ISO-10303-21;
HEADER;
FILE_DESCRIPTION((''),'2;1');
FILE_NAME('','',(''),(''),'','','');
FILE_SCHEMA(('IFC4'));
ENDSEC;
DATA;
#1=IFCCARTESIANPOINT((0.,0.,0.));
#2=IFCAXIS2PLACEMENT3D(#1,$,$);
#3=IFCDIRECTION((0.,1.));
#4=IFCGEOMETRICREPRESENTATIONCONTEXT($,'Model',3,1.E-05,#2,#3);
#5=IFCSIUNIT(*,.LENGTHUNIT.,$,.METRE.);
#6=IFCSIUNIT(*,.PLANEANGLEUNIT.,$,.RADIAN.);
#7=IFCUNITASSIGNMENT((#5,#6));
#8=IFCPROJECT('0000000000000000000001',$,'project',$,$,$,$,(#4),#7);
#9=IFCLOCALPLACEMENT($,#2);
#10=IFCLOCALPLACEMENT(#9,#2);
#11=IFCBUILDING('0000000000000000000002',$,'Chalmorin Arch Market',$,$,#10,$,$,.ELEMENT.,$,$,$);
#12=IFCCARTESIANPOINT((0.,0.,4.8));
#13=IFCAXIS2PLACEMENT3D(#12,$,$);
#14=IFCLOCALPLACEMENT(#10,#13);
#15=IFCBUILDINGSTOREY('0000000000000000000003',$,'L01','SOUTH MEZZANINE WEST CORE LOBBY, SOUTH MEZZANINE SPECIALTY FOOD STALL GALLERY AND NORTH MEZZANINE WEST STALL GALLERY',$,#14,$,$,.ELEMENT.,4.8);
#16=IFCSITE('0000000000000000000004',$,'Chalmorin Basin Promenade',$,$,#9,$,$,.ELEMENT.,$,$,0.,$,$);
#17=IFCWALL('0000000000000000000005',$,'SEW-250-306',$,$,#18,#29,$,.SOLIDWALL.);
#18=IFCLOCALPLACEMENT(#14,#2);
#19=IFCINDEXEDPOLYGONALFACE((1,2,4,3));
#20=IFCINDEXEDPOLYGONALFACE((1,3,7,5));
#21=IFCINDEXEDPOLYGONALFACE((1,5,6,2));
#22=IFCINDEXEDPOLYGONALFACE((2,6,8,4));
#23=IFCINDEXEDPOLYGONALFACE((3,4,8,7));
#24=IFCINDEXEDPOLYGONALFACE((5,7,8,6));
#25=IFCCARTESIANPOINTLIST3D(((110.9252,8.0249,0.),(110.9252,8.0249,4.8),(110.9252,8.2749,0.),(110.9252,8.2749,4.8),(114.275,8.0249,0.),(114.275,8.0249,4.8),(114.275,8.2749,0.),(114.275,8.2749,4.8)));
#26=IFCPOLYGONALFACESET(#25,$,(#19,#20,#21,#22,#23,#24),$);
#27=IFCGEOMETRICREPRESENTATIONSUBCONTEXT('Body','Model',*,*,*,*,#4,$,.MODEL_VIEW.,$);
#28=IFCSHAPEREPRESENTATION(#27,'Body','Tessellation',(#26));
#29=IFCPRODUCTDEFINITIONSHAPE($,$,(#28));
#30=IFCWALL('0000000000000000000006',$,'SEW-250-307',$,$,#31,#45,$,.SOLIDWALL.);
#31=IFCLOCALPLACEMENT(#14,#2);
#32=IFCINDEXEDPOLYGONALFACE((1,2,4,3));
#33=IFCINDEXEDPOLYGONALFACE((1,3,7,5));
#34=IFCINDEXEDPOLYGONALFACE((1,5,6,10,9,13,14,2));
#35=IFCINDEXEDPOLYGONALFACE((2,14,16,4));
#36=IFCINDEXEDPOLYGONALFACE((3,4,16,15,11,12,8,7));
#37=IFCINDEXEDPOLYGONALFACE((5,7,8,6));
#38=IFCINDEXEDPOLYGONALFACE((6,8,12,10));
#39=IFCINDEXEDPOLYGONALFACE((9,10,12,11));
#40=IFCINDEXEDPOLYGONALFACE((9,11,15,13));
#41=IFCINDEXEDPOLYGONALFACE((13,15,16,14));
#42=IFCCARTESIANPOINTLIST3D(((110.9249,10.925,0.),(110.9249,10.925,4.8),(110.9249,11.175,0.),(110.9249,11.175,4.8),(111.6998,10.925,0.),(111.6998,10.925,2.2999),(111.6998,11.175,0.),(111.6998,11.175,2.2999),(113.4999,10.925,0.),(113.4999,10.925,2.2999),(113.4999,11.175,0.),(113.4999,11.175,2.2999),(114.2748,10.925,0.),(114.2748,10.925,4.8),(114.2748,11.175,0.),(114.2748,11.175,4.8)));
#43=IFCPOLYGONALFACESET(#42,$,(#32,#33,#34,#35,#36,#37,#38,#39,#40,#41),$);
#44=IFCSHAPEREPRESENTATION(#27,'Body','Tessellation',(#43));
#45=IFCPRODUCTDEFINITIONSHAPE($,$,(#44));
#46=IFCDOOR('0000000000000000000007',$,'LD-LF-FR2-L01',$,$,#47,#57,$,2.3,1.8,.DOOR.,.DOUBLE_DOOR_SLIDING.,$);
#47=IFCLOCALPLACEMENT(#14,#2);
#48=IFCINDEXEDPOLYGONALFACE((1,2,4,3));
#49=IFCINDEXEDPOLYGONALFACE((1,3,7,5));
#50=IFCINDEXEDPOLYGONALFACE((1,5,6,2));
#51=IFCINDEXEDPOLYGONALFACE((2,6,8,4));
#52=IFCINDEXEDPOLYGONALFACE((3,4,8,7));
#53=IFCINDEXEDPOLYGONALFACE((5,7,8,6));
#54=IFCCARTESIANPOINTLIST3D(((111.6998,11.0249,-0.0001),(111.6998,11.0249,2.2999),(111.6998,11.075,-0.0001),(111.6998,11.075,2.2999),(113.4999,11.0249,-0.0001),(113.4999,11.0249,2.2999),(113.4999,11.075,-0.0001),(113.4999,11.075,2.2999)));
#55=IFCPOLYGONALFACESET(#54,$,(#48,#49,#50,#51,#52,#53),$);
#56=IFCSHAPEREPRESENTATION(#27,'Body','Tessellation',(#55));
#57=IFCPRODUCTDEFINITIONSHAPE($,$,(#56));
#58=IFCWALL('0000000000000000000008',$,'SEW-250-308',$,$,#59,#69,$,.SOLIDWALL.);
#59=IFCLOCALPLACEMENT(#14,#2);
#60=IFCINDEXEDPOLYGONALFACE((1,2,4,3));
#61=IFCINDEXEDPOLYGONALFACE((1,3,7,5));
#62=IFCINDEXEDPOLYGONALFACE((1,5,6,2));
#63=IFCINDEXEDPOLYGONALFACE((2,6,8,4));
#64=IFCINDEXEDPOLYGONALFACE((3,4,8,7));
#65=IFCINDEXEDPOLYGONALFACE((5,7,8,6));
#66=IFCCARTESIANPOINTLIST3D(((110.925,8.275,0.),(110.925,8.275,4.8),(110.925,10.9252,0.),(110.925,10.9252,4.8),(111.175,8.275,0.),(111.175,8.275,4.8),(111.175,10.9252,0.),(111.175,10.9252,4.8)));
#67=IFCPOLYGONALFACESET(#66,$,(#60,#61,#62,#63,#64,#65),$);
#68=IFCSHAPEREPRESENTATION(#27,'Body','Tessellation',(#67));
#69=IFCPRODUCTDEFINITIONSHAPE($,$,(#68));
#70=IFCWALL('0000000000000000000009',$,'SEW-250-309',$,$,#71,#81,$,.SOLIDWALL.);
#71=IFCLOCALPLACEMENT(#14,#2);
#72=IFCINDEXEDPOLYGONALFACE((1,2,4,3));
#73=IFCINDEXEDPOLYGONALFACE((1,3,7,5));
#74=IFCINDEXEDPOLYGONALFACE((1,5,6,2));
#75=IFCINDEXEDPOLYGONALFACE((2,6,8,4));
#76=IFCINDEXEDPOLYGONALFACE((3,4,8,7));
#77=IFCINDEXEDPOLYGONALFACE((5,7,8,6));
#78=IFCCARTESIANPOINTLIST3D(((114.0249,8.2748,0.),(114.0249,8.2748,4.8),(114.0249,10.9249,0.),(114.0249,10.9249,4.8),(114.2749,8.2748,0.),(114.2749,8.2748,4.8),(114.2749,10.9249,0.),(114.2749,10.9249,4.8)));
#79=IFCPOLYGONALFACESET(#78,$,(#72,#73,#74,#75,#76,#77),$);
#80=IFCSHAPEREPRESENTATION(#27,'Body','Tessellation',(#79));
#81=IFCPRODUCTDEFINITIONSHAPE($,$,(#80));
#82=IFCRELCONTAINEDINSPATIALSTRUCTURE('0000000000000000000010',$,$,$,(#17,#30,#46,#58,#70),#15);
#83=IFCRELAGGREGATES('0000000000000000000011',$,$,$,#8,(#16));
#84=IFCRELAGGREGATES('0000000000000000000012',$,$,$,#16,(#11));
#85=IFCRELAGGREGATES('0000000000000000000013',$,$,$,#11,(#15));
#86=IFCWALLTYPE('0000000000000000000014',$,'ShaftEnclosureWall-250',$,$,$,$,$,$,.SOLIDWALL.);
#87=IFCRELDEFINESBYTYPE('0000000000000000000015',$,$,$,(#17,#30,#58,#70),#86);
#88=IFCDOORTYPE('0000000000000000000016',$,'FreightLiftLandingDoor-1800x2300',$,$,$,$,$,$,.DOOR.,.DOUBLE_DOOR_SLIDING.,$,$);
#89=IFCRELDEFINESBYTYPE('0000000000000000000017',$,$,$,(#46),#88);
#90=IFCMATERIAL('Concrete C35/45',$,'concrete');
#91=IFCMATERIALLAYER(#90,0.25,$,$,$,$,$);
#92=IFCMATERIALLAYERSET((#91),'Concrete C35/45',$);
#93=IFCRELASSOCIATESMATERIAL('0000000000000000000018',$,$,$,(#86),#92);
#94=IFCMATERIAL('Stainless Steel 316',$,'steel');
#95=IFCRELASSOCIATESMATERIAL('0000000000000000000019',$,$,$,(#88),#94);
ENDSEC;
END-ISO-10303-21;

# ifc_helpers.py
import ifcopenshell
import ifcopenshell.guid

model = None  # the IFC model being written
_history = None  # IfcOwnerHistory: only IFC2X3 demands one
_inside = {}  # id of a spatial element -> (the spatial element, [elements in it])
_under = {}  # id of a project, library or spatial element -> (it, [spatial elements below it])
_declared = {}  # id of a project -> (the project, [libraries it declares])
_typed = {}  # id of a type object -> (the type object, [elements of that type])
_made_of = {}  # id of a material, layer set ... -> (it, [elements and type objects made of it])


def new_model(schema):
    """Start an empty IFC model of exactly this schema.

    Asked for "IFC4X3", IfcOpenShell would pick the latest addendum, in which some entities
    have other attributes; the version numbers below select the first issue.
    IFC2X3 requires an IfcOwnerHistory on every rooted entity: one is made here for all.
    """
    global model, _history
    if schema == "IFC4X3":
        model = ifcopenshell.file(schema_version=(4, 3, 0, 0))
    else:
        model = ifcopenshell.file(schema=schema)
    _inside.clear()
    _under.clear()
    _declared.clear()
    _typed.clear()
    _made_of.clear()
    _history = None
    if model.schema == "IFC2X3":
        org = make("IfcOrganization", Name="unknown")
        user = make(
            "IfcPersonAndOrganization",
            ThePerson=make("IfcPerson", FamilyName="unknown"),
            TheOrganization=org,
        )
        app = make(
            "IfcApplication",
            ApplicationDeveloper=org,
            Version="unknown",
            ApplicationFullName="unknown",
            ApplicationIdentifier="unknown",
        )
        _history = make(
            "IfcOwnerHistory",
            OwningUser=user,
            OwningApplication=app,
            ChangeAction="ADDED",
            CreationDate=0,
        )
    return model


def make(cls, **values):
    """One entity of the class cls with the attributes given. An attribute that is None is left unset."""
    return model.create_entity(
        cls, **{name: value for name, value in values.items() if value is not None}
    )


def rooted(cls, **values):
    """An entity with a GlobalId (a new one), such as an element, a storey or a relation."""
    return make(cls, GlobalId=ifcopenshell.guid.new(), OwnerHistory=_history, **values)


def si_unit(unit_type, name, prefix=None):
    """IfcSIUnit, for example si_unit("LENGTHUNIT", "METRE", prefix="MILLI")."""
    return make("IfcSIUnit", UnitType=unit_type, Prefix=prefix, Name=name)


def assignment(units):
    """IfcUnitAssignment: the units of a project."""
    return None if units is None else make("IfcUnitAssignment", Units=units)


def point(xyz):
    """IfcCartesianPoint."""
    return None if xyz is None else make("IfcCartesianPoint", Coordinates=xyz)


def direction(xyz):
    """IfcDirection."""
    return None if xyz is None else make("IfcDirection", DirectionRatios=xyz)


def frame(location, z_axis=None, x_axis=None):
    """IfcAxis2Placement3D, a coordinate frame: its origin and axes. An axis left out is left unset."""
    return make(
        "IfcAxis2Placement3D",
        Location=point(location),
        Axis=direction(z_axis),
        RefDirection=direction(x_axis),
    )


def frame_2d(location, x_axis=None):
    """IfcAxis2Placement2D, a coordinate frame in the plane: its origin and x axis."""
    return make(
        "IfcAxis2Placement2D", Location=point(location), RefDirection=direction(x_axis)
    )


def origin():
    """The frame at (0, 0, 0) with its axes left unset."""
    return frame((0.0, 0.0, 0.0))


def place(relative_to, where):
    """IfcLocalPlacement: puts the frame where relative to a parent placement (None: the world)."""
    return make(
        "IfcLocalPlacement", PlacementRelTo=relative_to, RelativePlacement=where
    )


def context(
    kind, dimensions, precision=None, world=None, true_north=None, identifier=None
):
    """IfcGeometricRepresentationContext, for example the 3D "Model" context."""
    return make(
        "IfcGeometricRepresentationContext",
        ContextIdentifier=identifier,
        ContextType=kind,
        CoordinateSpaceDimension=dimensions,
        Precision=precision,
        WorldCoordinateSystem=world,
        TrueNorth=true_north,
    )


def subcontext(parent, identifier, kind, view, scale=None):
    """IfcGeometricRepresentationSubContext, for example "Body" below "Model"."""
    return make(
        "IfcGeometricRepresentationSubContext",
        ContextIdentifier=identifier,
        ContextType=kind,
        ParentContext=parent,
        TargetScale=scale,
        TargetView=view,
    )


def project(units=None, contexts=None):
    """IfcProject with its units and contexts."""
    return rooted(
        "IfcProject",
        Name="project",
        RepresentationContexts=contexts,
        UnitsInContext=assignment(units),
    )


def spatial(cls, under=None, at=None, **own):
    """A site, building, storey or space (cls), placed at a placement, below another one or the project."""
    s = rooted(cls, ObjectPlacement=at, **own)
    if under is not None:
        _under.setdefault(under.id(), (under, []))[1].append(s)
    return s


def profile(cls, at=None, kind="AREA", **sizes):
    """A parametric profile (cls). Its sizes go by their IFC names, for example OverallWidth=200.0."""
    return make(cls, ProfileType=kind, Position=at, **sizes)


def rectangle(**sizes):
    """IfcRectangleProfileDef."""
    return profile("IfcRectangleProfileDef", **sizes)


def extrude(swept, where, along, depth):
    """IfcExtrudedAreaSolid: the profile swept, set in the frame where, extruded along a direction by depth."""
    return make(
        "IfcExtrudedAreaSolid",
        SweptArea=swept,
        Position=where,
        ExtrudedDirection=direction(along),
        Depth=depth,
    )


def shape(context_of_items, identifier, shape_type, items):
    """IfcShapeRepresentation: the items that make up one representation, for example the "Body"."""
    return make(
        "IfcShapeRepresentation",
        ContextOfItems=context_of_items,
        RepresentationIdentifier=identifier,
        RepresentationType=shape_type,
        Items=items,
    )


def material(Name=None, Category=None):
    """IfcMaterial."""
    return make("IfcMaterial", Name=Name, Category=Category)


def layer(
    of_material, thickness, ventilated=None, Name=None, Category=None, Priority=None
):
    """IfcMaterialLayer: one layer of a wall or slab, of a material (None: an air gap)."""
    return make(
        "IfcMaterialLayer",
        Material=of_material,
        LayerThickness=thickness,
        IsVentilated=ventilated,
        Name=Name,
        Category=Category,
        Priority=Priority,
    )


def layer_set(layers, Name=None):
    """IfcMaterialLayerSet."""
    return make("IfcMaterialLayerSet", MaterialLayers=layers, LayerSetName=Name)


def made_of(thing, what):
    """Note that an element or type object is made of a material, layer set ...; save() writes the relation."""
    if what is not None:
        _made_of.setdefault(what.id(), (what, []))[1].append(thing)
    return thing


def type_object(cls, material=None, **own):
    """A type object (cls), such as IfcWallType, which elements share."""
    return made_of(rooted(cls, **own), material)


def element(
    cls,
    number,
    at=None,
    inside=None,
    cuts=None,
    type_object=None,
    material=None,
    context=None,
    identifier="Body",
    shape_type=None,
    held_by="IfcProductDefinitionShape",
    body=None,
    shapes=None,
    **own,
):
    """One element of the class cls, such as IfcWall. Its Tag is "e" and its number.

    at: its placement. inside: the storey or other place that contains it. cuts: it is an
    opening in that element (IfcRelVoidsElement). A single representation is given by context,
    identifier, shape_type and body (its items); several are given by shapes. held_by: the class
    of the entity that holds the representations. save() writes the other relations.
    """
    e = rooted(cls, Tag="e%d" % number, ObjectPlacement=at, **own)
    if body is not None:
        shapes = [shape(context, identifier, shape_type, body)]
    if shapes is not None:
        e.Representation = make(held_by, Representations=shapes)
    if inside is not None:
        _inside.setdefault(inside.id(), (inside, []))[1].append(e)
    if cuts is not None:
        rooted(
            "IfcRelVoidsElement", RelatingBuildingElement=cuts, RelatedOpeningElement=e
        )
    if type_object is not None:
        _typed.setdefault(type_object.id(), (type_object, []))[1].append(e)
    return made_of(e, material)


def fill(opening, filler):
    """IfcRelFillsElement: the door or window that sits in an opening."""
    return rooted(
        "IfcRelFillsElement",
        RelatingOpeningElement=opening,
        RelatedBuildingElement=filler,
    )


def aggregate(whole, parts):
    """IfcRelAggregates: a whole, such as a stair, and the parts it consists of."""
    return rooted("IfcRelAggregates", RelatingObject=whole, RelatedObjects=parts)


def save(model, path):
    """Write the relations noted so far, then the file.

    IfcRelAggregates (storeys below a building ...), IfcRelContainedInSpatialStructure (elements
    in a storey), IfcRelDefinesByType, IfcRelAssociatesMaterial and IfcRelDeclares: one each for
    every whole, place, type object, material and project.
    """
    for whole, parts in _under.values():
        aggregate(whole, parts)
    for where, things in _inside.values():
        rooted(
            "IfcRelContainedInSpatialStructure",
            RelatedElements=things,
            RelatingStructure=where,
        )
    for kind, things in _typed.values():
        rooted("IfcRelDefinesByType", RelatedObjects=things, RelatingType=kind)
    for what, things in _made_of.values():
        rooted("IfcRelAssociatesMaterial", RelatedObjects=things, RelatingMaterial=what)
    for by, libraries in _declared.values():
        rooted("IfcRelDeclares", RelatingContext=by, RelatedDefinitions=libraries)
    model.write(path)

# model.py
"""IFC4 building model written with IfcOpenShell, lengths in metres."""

from ifc_helpers import new_model, si_unit, direction, frame, frame_2d, origin, place, context, subcontext, project, spatial, rectangle, extrude, material, layer, layer_set, type_object, element, fill, save


model = new_model("IFC4")

# Units and contexts
model_context = context("Model", 3, precision=1e-05, world=origin(), true_north=direction((0.0, 1.0)))
body_context = subcontext(model_context, "Body", "Model", "MODEL_VIEW")
ifc_project = project(units=[si_unit("LENGTHUNIT", "METRE"), si_unit("PLANEANGLEUNIT", "RADIAN")], contexts=[model_context])

# Site, building, storey
site_placement = place(None, origin())
site = spatial("IfcSite", under=ifc_project, at=site_placement, Name="Chalmorin Basin Promenade", CompositionType="ELEMENT", RefElevation=0.0)
building_placement = place(site_placement, origin())
building = spatial("IfcBuilding", under=site, at=building_placement, Name="Chalmorin Arch Market", CompositionType="ELEMENT")
storey_placement = place(building_placement, frame((0.0, 0.0, 4.8)))
storey = spatial("IfcBuildingStorey", under=building, at=storey_placement, Name="L01", Description="SOUTH MEZZANINE WEST CORE LOBBY, SOUTH MEZZANINE SPECIALTY FOOD STALL GALLERY AND NORTH MEZZANINE WEST STALL GALLERY", CompositionType="ELEMENT", Elevation=4.8)

# Wall
ifc_material_1 = material(Name="Concrete C35/45", Category="concrete")
ifc_layer_1 = layer(ifc_material_1, 0.25)
ifc_layer_set_1 = layer_set([ifc_layer_1], Name="Concrete C35/45")
wall_type = type_object("IfcWallType", Name="ShaftEnclosureWall-250", PredefinedType="SOLIDWALL", material=ifc_layer_set_1)
wall_1_placement = place(storey_placement, frame((114.2749, 8.1499, 0.0), z_axis=(0.0, 0.0, 1.0), x_axis=(-1.0, 0.0, 0.0)))
element("IfcWall", 1, at=wall_1_placement, inside=storey, type_object=wall_type, Name="SEW-250-306", PredefinedType="SOLIDWALL", context=body_context, shape_type="SweptSolid", body=[
    extrude(rectangle(XDim=3.3499, YDim=0.25, at=frame_2d((1.6748, 0.0))), origin(), (0.0, 0.0, 1.0), 4.8),
])

# Wall, opening, door
wall_2_placement = place(storey_placement, frame((110.925, 11.05, 0.0), z_axis=(0.0, 0.0, 1.0), x_axis=(1.0, 0.0, 0.0)))
wall_2 = element("IfcWall", 2, at=wall_2_placement, inside=storey, type_object=wall_type, Name="SEW-250-307", PredefinedType="SOLIDWALL", context=body_context, shape_type="SweptSolid", body=[
    extrude(rectangle(XDim=3.3499, YDim=0.25, at=frame_2d((1.6748, 0.0))), origin(), (0.0, 0.0, 1.0), 4.8),
])
opening_placement = place(wall_2_placement, frame((0.7749, 0.0, 0.0)))
opening = element("IfcOpeningElement", 3, at=opening_placement, cuts=wall_2, PredefinedType="OPENING", context=body_context, shape_type="SweptSolid", body=[
    extrude(rectangle(XDim=1.8, YDim=2.3, at=frame_2d((0.8999, 1.1499))), frame((0.0, 0.135, 0.0), z_axis=(0.0, -1.0, 0.0), x_axis=(1.0, 0.0, 0.0)), (0.0, 0.0, 1.0), 0.27),
])
ifc_material_2 = material(Name="Stainless Steel 316", Category="steel")
door_type = type_object("IfcDoorType", Name="FreightLiftLandingDoor-1800x2300", OperationType="DOUBLE_DOOR_SLIDING", PredefinedType="DOOR", material=ifc_material_2)
door_placement = place(opening_placement, origin())
door = element("IfcDoor", 4, at=door_placement, inside=storey, type_object=door_type, Name="LD-LF-FR2-L01", OperationType="DOUBLE_DOOR_SLIDING", OverallHeight=2.3, OverallWidth=1.8, PredefinedType="DOOR", context=body_context, shape_type="SweptSolid", body=[
    extrude(rectangle(XDim=1.8, YDim=2.3, at=frame_2d((0.8999, 1.1499))), frame((0.0, 0.0249, 0.0), z_axis=(0.0, -1.0, 0.0), x_axis=(1.0, 0.0, 0.0)), (0.0, 0.0, 1.0), 0.05),
])
fill(opening, door)

# Walls
for number, where, z_axis, x_axis, name in (
    (5, (111.05, 8.2749, 0.0), (0.0, 0.0, 1.0), (0.0, 1.0, 0.0), "SEW-250-308"),
    (6, (114.1499, 10.925, 0.0), (0.0, 0.0, 1.0), (0.0, -1.0, 0.0), "SEW-250-309"),
):
    element("IfcWall", number, at=place(storey_placement, frame(where, z_axis=z_axis, x_axis=x_axis)), inside=storey, type_object=wall_type, Name=name, PredefinedType="SOLIDWALL", context=body_context, shape_type="SweptSolid", body=[
        extrude(rectangle(XDim=2.6501, YDim=0.25, at=frame_2d((1.3252, 0.0))), origin(), (0.0, 0.0, 1.0), 4.8),
    ])

save(model, "model.ifc")
